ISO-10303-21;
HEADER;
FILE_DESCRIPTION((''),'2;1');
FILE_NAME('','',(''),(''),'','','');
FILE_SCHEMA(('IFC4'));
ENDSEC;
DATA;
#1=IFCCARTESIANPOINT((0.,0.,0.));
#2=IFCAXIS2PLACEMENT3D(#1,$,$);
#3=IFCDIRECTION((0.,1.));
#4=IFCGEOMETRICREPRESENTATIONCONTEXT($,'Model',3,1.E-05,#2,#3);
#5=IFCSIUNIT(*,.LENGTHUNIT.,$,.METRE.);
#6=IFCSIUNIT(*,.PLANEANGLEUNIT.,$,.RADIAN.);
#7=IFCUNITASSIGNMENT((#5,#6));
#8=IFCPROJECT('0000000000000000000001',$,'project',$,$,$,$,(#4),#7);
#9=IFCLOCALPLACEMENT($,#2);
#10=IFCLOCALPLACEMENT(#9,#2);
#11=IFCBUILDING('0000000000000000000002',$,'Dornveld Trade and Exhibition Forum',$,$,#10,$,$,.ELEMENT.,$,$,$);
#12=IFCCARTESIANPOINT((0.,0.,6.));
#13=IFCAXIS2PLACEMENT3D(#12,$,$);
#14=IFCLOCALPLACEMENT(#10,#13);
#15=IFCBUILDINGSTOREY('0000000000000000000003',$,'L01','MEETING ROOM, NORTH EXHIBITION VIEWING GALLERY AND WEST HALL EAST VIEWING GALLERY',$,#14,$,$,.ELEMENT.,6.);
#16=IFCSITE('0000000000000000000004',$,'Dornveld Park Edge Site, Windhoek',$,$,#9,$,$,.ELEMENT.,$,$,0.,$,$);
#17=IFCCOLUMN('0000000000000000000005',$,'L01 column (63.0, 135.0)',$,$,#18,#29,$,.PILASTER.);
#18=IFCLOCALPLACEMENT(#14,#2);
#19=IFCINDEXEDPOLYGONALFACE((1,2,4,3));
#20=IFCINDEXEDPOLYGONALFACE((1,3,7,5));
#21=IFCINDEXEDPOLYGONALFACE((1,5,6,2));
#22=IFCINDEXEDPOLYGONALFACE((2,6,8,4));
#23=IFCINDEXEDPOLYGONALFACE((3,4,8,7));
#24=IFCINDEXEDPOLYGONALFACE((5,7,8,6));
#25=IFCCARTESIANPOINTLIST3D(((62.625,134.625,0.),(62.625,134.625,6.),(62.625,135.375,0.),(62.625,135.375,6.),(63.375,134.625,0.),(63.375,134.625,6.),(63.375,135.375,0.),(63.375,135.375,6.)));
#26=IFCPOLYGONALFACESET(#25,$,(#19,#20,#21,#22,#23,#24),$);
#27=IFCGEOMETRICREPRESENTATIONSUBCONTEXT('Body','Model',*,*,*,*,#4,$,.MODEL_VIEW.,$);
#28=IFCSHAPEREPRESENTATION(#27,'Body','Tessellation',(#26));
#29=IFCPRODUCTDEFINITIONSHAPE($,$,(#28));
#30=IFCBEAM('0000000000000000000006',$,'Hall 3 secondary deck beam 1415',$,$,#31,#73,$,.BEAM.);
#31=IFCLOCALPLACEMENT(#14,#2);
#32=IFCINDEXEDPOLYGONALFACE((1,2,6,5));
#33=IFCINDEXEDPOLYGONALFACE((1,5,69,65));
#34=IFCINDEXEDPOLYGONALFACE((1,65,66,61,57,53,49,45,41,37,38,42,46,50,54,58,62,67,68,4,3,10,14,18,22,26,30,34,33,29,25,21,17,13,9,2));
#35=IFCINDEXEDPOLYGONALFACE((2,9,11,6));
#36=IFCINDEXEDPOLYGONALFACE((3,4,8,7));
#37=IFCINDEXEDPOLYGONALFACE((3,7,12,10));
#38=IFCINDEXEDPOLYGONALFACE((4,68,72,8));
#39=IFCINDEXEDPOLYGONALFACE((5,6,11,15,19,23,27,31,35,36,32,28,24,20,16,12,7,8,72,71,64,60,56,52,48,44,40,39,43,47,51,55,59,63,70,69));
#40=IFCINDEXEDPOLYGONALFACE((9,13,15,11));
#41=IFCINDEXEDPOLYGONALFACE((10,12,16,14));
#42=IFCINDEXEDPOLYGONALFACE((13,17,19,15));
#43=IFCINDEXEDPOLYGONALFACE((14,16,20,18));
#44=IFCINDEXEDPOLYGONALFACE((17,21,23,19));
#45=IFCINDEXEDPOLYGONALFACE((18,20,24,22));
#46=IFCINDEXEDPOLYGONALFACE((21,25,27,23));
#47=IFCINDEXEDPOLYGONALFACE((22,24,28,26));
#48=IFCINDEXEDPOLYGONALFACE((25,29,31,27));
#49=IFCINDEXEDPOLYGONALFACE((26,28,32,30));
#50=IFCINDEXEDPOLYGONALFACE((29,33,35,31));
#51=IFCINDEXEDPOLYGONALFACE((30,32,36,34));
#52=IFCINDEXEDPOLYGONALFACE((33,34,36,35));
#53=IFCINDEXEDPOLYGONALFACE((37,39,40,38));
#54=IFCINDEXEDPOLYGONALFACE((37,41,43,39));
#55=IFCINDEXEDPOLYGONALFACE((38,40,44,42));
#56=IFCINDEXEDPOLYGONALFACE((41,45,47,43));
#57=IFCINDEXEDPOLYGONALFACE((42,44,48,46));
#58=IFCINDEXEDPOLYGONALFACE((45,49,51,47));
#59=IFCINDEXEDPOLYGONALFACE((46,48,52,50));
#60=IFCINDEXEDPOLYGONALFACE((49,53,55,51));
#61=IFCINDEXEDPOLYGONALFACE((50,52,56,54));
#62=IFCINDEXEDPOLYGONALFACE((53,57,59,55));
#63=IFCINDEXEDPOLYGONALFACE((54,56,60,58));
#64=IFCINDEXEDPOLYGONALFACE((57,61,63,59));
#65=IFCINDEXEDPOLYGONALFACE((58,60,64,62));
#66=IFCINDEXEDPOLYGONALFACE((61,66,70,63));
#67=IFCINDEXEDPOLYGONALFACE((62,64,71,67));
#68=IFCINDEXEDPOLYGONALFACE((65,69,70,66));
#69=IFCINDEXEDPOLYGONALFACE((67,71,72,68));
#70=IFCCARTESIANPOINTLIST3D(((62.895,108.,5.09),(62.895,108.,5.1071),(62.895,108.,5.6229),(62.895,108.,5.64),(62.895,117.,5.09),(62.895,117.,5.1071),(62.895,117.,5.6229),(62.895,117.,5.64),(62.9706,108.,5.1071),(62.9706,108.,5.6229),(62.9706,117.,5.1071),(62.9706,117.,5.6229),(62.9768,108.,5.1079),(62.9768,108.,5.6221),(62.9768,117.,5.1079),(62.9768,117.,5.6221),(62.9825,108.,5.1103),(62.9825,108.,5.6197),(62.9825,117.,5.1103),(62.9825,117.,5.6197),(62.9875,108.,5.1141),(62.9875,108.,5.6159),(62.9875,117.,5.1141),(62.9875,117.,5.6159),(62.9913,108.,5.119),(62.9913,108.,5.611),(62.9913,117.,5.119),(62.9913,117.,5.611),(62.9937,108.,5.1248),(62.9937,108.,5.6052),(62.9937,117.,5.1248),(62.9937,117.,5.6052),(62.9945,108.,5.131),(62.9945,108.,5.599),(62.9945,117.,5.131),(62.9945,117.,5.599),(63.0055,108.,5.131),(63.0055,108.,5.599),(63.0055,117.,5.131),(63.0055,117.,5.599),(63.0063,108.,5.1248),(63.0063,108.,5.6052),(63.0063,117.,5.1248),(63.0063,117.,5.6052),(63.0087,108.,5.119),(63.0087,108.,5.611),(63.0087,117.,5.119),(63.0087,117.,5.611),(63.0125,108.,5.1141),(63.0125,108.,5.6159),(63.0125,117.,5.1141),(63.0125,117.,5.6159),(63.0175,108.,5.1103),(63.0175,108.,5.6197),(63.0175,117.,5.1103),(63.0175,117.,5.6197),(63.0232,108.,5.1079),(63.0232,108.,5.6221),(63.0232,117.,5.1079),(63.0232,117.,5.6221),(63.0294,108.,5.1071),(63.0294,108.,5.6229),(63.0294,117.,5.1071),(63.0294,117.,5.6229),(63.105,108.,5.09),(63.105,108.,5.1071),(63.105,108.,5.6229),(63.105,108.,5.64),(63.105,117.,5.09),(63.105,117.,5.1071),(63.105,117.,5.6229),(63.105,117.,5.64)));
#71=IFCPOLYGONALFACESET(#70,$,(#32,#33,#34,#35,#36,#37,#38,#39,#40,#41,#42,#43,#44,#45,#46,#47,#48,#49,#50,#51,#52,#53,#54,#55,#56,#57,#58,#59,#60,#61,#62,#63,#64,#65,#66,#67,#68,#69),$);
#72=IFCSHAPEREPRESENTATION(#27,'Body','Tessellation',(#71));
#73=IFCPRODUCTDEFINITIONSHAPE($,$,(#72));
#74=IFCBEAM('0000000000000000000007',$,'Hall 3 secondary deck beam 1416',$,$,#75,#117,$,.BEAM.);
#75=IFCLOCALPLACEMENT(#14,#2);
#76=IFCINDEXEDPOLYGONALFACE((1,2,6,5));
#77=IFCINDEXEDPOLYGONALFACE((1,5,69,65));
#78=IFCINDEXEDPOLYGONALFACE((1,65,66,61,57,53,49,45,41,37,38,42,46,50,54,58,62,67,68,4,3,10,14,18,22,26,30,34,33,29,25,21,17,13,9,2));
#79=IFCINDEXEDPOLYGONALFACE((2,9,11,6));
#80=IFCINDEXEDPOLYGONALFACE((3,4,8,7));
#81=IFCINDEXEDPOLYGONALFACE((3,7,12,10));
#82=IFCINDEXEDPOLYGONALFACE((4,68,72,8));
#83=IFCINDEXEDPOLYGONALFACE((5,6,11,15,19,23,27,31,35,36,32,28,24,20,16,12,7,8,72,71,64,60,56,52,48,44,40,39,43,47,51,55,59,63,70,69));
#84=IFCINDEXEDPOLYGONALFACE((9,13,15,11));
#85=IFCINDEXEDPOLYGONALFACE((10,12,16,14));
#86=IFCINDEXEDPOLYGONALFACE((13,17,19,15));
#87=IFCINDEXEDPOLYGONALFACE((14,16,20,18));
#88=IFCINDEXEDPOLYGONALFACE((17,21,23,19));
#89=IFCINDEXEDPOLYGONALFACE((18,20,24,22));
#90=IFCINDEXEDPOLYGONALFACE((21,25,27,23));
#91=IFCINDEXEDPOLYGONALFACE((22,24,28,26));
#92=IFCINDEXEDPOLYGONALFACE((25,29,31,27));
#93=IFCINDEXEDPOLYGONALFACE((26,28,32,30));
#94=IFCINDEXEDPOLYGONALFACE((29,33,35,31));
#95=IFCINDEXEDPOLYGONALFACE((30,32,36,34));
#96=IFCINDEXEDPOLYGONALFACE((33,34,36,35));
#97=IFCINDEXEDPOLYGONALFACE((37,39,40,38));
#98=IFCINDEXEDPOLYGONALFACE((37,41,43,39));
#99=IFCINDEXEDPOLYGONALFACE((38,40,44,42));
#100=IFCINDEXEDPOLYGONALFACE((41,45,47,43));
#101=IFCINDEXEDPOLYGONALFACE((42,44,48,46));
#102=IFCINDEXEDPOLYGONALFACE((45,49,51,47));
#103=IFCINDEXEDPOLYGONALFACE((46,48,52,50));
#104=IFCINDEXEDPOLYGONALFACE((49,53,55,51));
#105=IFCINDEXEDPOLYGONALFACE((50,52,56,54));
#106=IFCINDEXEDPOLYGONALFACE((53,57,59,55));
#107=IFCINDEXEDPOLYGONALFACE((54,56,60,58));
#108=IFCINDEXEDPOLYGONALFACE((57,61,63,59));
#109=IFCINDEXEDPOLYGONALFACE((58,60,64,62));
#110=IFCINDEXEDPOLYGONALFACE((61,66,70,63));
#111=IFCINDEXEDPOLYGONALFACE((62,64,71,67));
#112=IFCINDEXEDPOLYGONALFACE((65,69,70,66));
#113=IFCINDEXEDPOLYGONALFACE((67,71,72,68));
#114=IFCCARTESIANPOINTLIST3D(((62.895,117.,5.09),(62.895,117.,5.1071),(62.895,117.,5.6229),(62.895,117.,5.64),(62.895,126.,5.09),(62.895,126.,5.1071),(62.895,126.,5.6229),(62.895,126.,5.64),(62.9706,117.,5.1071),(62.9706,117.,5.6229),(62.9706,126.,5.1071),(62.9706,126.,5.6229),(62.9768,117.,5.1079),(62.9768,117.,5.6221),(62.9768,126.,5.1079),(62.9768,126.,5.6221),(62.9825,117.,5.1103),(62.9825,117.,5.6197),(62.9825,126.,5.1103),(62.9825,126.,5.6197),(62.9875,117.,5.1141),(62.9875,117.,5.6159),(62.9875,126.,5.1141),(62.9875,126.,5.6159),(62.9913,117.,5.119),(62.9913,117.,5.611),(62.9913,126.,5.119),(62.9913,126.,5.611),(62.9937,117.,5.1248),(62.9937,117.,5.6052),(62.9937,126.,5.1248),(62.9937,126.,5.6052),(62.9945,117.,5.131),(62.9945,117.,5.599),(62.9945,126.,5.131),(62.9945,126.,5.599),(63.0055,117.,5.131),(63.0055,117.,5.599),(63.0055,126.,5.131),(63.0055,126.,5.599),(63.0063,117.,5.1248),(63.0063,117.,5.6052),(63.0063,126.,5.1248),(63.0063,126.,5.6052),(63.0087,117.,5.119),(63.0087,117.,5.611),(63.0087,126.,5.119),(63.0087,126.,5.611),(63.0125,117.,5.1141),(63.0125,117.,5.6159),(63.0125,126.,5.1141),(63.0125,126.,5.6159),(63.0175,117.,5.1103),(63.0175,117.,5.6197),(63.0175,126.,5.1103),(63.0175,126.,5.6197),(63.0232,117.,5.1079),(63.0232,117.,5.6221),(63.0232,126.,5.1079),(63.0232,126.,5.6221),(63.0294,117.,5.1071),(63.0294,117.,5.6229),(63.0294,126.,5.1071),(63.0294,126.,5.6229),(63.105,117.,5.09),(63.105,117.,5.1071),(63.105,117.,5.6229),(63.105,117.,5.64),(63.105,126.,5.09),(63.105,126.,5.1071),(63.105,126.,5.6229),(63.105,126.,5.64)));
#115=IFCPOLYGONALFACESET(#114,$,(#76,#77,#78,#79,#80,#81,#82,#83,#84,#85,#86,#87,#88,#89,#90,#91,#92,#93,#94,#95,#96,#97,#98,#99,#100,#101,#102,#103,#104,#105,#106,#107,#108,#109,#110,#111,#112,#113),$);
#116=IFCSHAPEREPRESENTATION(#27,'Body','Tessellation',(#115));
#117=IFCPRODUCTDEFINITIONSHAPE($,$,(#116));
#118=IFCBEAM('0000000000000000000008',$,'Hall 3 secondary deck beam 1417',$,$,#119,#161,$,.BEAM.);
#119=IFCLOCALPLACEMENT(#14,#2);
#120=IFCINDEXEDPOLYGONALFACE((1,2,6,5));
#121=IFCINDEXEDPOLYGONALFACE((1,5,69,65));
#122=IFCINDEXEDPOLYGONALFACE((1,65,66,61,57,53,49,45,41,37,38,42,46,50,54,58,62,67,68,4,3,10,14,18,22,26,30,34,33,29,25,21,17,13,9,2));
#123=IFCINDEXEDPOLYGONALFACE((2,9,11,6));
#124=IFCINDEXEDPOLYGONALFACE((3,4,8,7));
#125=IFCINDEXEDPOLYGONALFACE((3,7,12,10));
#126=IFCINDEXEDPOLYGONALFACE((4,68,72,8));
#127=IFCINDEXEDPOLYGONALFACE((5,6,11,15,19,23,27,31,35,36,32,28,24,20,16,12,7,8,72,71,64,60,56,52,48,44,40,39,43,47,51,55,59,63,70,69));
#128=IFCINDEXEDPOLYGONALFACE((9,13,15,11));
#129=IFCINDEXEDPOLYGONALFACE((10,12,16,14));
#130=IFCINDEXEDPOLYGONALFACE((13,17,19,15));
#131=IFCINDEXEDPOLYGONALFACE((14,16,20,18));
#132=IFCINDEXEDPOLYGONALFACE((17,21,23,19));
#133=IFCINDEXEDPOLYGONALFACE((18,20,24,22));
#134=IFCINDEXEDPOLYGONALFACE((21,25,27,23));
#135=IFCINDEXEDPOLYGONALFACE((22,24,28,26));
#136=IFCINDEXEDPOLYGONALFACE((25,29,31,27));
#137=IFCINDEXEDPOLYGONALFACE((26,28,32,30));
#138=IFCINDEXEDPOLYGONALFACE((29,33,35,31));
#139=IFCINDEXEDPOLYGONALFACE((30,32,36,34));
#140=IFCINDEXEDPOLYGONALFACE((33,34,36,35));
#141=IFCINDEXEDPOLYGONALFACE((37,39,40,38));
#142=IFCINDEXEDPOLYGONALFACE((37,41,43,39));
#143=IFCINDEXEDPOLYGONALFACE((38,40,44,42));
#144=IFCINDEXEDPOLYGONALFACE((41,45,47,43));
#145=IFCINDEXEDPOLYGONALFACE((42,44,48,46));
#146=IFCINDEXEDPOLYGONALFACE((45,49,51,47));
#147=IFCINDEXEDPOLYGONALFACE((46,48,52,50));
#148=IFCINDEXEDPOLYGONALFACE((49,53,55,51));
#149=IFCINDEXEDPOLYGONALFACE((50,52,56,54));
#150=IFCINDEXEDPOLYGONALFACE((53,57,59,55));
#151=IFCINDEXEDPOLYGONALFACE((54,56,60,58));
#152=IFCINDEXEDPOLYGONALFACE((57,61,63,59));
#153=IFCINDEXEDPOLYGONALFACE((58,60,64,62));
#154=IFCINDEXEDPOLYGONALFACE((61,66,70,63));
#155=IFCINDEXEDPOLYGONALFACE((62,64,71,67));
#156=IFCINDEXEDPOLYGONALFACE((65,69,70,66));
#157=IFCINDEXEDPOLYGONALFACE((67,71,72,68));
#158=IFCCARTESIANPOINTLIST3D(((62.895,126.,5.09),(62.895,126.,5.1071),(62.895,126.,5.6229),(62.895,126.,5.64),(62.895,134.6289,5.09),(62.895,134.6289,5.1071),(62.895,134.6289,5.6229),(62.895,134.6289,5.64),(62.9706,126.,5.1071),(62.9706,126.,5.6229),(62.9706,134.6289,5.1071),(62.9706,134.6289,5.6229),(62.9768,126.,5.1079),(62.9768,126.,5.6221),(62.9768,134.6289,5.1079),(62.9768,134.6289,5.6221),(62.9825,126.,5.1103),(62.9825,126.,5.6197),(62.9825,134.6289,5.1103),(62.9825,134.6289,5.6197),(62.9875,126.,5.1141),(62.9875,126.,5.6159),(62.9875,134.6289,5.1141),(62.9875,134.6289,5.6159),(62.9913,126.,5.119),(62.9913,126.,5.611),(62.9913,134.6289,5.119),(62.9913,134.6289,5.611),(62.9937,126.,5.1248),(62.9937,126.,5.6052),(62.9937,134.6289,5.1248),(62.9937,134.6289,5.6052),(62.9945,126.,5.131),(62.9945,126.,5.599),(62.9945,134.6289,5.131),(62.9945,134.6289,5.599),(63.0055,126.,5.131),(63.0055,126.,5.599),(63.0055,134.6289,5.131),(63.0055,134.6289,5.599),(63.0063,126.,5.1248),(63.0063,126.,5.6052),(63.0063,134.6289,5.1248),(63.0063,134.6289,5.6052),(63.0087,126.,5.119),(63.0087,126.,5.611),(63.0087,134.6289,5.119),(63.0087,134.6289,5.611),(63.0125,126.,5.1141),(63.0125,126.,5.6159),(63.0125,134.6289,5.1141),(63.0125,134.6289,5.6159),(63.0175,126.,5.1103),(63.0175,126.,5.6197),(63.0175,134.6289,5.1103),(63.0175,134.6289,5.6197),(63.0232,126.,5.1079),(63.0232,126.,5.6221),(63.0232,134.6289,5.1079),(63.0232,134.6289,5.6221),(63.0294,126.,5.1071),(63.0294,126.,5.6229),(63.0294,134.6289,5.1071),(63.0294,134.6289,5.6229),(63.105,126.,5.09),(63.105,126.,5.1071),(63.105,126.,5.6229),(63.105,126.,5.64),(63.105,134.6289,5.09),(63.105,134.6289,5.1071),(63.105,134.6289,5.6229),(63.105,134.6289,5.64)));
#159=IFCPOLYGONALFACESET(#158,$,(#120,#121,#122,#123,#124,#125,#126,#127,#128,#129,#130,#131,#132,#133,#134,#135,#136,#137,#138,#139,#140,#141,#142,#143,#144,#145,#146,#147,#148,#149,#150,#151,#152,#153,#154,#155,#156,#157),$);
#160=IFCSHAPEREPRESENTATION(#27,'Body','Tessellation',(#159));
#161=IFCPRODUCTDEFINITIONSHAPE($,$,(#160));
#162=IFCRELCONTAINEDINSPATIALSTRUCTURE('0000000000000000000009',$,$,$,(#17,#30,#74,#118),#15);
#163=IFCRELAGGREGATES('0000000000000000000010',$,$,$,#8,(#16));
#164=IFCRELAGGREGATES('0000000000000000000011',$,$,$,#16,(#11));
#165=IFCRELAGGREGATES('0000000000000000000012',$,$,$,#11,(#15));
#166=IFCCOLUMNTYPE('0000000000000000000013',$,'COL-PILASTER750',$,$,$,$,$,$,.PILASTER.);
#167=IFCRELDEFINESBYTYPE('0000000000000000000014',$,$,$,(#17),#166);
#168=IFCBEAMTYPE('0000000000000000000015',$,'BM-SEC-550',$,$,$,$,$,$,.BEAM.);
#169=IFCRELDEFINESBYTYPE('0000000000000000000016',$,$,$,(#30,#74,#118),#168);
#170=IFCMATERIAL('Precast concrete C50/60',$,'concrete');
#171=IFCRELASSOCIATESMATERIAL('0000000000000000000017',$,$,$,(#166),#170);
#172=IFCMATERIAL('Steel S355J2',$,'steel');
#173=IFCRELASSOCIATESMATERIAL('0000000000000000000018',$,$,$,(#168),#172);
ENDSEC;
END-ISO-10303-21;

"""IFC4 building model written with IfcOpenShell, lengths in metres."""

from ifc_helpers import new_model, si_unit, direction, frame, origin, origin_2d, place, context, subcontext, project, spatial, rectangle, i_section, extrude, material, material_profile, profile_set, type_object, element, save


model = new_model("IFC4")

# Units and contexts
model_context = context("Model", 3, precision=1e-05, world=origin(), true_north=direction((0.0, 1.0)))
body_context = subcontext(model_context, "Body", "Model", "MODEL_VIEW")
ifc_project = project(units=[si_unit("LENGTHUNIT", "METRE"), si_unit("PLANEANGLEUNIT", "RADIAN")], contexts=[model_context])

# Site, building, storey
site_placement = place(None, origin())
site = spatial("IfcSite", under=ifc_project, at=site_placement, Name="Dornveld Park Edge Site, Windhoek", CompositionType="ELEMENT", RefElevation=0.0)
building_placement = place(site_placement, origin())
building = spatial("IfcBuilding", under=site, at=building_placement, Name="Dornveld Trade and Exhibition Forum", CompositionType="ELEMENT")
storey_placement = place(building_placement, frame((0.0, 0.0, 6.0)))
storey = spatial("IfcBuildingStorey", under=building, at=storey_placement, Name="L01", Description="MEETING ROOM, NORTH EXHIBITION VIEWING GALLERY AND WEST HALL EAST VIEWING GALLERY", CompositionType="ELEMENT", Elevation=6.0)

# Column
ifc_material_1 = material(Name="Precast concrete C50/60", Category="concrete")
ifc_material_profile_1 = material_profile(ifc_material_1, rectangle(XDim=0.75, YDim=0.75, at=origin_2d()), Name="PC-COL 750x750")
ifc_profile_set_1 = profile_set([ifc_material_profile_1], Name="Precast concrete C50/60")
column_type = type_object("IfcColumnType", Name="COL-PILASTER750", PredefinedType="PILASTER", material=ifc_profile_set_1)
column_placement = place(storey_placement, frame((63.0, 135.0, 0.0), z_axis=(0.0, 0.0, 1.0), x_axis=(1.0, 0.0, 0.0)))
element("IfcColumn", 1, at=column_placement, inside=storey, type_object=column_type, Name="L01 column (63.0, 135.0)", PredefinedType="PILASTER", context=body_context, shape_type="SweptSolid", body=[
    extrude(rectangle(XDim=0.75, YDim=0.75, at=origin_2d()), origin(), (0.0, 0.0, 1.0), 6.0),
])

# Beams
ifc_material_2 = material(Name="Steel S355J2", Category="steel")
ifc_material_profile_2 = material_profile(ifc_material_2, i_section(OverallWidth=0.21, OverallDepth=0.55, WebThickness=0.011, FlangeThickness=0.0171, FilletRadius=0.0239, at=origin_2d()), Name="IPE 550")
ifc_profile_set_2 = profile_set([ifc_material_profile_2], Name="Steel S355J2")
beam_type_1 = type_object("IfcBeamType", Name="BM-SEC-550", PredefinedType="BEAM", material=ifc_profile_set_2)
for number, where, z_axis, x_axis, name in (
    (2, (63.0, 108.0, 5.365), (0.0, 1.0, 0.0), (-1.0, 0.0, 0.0), "Hall 3 secondary deck beam 1415"),
    (3, (63.0, 117.0, 5.365), (0.0, 1.0, 0.0), (-1.0, 0.0, 0.0), "Hall 3 secondary deck beam 1416"),
):
    element("IfcBeam", number, at=place(storey_placement, frame(where, z_axis=z_axis, x_axis=x_axis)), inside=storey, type_object=beam_type_1, Name=name, PredefinedType="BEAM", context=body_context, shape_type="SweptSolid", body=[
        extrude(i_section(OverallWidth=0.21, OverallDepth=0.55, WebThickness=0.011, FlangeThickness=0.0171, FilletRadius=0.0239, at=origin_2d()), origin(), (0.0, 0.0, 1.0), 9.0),
    ])
beam_1_placement = place(storey_placement, frame((63.0, 126.0, 5.365), z_axis=(0.0, 1.0, 0.0), x_axis=(-1.0, 0.0, 0.0)))
element("IfcBeam", 4, at=beam_1_placement, inside=storey, type_object=beam_type_1, Name="Hall 3 secondary deck beam 1417", PredefinedType="BEAM", context=body_context, shape_type="SweptSolid", body=[
    extrude(i_section(OverallWidth=0.21, OverallDepth=0.55, WebThickness=0.011, FlangeThickness=0.0171, FilletRadius=0.0239, at=origin_2d()), origin(), (0.0, 0.0, 1.0), 8.6289),
])

save(model, "model.ifc")
